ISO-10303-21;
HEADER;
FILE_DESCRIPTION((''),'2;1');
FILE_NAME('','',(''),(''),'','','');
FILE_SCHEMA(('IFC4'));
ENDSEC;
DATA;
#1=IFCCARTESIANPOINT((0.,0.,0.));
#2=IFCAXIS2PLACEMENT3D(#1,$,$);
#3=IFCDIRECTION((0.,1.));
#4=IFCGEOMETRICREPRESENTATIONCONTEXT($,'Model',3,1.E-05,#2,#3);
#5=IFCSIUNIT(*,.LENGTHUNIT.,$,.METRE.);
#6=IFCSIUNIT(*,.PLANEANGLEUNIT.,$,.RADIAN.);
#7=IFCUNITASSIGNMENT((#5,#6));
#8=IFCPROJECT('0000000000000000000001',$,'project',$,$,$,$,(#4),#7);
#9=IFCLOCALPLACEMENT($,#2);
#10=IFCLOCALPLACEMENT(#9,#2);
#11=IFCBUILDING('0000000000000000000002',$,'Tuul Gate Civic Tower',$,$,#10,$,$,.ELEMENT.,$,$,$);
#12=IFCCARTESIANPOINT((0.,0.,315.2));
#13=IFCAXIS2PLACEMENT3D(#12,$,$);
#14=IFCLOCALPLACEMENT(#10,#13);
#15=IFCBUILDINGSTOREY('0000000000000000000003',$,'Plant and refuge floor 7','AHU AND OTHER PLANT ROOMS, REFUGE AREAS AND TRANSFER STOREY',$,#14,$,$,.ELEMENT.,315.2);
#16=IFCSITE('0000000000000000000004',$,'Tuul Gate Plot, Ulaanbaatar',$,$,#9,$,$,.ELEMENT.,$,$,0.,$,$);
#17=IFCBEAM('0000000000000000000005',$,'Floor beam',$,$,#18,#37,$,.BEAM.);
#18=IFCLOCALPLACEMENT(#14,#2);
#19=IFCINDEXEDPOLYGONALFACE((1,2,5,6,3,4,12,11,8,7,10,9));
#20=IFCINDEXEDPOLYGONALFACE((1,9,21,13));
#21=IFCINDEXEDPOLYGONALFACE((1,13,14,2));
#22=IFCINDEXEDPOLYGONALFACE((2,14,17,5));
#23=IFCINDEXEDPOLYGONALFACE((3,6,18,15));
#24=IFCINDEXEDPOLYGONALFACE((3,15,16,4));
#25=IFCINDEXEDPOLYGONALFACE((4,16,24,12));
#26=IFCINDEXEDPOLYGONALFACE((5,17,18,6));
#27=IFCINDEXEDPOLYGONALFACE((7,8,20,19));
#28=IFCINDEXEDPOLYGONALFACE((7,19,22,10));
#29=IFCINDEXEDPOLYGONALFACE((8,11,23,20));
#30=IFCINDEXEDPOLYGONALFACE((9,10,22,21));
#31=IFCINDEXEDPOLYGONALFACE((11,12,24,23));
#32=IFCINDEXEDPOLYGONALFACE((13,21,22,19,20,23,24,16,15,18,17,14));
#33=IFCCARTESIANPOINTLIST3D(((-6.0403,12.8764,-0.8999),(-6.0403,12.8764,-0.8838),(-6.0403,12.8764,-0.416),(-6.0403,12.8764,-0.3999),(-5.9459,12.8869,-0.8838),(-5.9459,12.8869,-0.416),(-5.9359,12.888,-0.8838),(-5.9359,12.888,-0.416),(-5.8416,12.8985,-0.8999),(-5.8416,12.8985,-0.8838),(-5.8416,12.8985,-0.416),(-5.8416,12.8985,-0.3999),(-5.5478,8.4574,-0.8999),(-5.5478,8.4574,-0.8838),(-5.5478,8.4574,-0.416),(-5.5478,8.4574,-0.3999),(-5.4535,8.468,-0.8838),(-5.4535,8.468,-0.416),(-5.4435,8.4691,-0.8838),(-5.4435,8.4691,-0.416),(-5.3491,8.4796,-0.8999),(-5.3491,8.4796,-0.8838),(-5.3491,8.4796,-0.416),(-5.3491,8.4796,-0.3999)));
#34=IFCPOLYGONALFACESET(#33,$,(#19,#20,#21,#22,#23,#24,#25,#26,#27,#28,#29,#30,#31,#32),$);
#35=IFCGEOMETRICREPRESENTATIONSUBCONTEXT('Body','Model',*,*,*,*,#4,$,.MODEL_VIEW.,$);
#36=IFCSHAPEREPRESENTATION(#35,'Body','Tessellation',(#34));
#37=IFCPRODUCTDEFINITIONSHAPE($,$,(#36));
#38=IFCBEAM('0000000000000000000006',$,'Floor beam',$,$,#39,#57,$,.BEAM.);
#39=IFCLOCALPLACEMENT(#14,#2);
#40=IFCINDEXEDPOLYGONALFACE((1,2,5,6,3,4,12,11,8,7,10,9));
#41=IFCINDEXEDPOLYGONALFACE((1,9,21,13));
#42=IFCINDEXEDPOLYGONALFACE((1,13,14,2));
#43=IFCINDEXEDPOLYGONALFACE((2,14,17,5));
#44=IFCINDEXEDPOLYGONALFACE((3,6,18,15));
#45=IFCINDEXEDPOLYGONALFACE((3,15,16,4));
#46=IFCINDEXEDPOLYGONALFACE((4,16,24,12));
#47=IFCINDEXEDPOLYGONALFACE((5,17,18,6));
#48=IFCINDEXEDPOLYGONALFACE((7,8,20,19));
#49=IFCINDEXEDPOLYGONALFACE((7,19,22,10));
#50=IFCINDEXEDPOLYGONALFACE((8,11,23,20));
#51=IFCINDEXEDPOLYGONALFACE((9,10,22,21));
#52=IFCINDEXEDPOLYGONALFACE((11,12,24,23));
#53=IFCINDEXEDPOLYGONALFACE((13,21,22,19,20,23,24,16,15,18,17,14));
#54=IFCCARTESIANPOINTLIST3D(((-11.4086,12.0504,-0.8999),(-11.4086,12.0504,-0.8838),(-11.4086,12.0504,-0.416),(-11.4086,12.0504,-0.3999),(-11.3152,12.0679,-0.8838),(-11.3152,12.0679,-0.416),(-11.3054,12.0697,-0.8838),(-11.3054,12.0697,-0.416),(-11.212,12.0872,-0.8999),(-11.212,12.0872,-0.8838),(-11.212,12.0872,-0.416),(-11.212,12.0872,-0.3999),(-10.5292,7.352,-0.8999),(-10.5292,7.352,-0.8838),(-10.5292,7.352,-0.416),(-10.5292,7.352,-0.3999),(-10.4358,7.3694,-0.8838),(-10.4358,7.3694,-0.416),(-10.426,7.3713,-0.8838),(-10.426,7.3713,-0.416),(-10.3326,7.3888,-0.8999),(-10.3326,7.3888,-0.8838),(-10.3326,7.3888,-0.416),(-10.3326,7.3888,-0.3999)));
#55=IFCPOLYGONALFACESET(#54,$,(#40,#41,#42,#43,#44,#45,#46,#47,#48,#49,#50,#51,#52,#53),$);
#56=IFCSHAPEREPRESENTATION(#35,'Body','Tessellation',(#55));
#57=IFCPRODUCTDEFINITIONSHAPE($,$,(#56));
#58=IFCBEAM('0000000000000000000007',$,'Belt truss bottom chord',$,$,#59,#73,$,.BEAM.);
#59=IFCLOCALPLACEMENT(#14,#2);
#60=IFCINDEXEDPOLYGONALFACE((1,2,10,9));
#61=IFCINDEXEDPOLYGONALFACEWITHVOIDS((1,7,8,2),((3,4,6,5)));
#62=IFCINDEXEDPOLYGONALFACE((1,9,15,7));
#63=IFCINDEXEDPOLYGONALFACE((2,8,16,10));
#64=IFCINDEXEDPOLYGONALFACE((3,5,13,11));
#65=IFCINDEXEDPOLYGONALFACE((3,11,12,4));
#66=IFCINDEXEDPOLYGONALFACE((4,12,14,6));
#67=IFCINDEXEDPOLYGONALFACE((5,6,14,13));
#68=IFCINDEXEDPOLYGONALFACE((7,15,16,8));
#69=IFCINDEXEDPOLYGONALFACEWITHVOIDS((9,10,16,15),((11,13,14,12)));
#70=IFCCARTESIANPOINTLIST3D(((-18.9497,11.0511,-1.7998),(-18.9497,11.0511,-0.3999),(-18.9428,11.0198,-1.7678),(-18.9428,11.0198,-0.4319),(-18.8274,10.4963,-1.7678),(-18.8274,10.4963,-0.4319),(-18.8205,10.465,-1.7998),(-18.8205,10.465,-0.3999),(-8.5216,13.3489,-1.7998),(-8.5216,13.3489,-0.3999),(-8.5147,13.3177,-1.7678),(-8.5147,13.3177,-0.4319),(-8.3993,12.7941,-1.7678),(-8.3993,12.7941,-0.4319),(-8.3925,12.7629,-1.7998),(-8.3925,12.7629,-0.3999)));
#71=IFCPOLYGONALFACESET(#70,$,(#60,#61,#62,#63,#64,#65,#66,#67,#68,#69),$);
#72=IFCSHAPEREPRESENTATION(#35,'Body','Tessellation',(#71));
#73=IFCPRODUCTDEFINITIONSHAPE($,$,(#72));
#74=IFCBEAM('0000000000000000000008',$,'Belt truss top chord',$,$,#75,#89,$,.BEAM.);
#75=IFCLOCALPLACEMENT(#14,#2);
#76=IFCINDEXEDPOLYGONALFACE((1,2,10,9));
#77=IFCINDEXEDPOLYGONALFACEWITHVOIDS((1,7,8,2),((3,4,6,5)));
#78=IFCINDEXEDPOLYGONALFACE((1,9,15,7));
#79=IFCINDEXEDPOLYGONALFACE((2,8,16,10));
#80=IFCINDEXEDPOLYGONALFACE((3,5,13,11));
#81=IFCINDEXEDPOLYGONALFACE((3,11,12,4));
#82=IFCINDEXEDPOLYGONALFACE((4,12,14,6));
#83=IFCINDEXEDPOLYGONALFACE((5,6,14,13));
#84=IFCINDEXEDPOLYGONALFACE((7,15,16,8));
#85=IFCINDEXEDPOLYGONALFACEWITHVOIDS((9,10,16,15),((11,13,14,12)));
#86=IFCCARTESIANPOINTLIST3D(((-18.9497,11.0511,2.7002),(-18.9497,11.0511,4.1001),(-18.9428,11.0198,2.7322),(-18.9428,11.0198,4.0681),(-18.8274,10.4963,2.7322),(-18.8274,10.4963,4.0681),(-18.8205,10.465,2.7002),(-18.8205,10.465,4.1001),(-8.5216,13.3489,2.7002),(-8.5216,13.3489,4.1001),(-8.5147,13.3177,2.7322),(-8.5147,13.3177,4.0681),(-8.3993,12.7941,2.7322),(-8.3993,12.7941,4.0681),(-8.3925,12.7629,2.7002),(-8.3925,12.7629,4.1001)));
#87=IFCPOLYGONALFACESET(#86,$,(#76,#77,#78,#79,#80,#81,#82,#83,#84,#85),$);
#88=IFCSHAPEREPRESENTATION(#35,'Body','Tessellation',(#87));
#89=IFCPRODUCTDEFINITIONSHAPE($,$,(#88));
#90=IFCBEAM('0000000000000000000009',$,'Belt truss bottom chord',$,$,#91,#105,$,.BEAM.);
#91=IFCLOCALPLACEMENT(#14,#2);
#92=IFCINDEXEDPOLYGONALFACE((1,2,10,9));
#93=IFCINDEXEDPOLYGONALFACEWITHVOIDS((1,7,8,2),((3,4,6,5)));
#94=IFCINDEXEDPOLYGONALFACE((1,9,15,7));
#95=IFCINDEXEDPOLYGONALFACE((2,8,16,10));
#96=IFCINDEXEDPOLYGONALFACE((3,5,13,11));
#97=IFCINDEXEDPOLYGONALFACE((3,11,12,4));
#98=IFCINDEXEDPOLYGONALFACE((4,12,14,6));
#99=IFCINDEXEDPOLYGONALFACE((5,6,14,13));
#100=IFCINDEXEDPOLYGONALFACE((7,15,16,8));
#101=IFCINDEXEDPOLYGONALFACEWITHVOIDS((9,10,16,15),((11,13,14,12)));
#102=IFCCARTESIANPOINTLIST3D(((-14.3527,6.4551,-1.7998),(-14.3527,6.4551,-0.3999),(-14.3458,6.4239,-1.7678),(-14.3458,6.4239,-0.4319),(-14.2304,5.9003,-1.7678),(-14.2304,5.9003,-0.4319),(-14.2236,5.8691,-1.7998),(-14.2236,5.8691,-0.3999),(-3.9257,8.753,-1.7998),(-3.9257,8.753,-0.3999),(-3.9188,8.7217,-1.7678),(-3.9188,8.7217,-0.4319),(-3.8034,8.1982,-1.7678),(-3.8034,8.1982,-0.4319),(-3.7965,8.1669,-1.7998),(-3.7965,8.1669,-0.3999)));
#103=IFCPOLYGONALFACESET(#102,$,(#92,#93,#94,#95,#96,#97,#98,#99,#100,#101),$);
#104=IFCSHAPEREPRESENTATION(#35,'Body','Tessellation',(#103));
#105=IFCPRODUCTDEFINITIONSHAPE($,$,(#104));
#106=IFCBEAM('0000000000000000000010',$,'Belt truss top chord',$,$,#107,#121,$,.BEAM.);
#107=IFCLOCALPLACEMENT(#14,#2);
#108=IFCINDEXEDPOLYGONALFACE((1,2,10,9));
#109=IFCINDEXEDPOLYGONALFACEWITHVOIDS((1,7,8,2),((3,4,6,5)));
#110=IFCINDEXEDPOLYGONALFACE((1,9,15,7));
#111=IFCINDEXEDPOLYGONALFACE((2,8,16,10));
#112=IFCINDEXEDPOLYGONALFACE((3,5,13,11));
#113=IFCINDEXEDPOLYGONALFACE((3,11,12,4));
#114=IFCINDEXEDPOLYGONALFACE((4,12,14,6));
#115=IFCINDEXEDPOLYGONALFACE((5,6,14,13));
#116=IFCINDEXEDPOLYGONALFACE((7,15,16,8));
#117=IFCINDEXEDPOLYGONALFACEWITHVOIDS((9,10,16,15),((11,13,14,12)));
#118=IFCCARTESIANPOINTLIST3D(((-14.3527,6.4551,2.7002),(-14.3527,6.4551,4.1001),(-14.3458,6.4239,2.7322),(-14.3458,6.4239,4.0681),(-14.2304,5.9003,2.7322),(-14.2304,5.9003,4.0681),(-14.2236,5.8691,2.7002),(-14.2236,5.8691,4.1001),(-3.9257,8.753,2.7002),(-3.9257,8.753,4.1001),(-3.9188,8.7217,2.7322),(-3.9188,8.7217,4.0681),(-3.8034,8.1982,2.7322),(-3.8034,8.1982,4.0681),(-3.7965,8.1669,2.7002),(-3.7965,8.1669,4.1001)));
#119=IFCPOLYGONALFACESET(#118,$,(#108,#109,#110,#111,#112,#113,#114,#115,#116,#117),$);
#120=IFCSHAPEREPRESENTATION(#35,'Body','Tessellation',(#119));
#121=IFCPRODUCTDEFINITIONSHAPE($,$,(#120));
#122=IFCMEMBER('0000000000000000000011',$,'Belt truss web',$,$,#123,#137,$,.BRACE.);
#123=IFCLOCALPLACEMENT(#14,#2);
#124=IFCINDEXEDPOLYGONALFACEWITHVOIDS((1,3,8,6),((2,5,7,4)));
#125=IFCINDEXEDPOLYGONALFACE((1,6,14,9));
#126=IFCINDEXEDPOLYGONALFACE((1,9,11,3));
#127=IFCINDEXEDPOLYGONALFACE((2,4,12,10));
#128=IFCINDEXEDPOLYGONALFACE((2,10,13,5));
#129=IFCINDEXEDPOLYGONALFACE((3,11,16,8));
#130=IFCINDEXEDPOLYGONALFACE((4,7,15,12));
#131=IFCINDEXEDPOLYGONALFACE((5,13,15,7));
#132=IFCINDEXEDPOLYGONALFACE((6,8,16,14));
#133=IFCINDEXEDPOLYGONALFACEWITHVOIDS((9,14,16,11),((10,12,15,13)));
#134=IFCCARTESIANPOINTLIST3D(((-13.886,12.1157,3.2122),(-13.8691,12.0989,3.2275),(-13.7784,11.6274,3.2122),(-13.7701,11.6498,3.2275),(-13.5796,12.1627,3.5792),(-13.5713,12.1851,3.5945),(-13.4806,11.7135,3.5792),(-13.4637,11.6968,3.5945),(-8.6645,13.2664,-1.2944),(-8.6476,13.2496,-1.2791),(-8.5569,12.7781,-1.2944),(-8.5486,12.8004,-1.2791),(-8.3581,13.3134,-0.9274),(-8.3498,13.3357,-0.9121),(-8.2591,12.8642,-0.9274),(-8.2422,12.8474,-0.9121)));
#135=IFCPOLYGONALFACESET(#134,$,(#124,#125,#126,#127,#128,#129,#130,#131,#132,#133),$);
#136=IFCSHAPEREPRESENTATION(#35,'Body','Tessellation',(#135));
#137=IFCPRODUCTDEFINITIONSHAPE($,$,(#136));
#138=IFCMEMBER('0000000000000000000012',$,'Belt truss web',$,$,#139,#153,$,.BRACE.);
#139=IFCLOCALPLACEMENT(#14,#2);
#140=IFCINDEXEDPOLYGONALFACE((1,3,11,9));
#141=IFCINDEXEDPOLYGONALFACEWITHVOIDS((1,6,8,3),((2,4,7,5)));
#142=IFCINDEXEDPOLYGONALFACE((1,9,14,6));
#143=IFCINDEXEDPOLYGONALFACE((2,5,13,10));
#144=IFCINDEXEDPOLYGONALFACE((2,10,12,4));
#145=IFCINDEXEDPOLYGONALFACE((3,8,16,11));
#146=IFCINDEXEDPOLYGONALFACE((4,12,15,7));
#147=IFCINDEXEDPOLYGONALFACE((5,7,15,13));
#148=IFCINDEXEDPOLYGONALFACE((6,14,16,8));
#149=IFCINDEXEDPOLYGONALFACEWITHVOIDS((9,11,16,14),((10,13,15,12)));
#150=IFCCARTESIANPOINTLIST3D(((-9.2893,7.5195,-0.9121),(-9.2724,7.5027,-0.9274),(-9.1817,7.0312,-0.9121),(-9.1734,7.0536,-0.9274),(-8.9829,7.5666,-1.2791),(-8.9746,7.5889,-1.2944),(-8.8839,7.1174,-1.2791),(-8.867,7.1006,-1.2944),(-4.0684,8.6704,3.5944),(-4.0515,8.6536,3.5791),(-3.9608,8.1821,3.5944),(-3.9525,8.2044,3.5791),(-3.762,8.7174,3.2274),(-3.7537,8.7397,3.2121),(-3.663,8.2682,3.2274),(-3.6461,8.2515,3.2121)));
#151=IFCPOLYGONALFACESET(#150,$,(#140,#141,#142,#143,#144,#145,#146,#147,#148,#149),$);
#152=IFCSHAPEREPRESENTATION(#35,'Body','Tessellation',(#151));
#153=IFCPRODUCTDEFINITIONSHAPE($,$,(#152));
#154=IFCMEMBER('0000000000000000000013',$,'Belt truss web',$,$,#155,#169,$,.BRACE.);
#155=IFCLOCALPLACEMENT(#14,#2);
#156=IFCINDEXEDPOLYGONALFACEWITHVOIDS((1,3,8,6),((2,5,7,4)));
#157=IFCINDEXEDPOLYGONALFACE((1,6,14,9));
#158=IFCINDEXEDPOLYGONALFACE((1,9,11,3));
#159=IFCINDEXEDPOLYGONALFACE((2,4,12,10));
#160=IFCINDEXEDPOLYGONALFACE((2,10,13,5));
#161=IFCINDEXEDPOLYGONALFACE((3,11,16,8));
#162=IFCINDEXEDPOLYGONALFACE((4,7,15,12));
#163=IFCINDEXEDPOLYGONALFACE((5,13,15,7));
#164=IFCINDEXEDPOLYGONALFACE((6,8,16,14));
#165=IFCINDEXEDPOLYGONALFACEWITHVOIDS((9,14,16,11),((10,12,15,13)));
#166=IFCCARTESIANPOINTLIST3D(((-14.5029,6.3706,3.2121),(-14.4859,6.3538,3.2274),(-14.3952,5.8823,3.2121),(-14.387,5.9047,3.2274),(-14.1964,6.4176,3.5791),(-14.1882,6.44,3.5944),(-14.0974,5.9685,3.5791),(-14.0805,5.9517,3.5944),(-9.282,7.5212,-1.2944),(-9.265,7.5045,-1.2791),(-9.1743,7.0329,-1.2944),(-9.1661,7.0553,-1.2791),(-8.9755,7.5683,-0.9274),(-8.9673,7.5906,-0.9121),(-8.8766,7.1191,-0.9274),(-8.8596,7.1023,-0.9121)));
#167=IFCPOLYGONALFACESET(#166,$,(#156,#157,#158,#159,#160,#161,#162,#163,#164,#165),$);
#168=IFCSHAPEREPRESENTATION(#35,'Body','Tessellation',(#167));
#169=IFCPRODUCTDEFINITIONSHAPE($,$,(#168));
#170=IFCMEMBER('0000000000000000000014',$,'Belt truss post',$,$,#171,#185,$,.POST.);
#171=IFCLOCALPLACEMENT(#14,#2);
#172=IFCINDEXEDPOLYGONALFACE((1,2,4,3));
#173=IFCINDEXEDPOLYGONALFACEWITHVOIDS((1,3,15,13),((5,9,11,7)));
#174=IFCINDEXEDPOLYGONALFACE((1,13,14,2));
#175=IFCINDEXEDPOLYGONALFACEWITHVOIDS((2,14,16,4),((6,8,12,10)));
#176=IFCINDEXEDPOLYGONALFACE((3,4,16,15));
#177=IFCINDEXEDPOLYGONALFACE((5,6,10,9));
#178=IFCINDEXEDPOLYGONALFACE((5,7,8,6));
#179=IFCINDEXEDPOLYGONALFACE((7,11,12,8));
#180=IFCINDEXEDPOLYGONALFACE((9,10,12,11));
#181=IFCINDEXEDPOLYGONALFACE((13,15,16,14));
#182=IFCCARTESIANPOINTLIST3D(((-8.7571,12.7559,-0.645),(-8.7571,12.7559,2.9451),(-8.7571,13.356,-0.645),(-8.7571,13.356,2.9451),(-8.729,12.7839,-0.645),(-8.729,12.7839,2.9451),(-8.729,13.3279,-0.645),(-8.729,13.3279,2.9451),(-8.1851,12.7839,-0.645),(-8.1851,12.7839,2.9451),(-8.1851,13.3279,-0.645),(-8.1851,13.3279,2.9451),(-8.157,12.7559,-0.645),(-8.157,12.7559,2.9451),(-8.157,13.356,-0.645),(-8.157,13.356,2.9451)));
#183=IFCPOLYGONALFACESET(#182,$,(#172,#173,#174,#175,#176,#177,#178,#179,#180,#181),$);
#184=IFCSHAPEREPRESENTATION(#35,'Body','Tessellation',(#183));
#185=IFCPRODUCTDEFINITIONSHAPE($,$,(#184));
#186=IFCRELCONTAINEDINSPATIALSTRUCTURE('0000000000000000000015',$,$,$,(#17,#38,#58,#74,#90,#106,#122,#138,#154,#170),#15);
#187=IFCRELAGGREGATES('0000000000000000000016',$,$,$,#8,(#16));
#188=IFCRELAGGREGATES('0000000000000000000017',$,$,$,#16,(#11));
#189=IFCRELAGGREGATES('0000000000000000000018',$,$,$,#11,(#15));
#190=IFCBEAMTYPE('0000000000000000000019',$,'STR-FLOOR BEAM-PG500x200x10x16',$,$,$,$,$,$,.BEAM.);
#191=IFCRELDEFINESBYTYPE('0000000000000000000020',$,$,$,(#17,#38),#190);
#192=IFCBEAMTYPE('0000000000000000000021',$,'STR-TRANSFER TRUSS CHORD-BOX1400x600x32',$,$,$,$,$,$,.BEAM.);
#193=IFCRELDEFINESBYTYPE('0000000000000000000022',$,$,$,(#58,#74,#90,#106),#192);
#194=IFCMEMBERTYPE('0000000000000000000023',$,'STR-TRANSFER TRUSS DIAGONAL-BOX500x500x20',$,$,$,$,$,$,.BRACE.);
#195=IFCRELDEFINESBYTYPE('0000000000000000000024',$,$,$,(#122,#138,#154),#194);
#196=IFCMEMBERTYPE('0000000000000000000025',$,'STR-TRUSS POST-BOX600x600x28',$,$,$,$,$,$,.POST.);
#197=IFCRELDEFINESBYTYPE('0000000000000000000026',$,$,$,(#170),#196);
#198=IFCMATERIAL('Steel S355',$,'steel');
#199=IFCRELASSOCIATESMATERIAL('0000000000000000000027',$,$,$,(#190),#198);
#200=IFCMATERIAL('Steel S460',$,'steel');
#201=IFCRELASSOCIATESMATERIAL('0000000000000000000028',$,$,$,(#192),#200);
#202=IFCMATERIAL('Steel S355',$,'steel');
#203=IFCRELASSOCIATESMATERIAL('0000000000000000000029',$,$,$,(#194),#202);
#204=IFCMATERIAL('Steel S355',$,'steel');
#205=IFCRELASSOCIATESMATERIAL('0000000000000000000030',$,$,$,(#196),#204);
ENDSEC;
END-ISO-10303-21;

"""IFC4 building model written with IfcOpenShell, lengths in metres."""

from ifc_helpers import new_model, si_unit, direction, frame, origin, origin_2d, place, context, subcontext, project, spatial, hollow_rectangle, i_section, extrude, material, material_profile, profile_set, type_object, element, save


model = new_model("IFC4")

# Units and contexts
model_context = context("Model", 3, precision=1e-05, world=origin(), true_north=direction((0.0, 1.0)))
body_context = subcontext(model_context, "Body", "Model", "MODEL_VIEW")
ifc_project = project(units=[si_unit("LENGTHUNIT", "METRE"), si_unit("PLANEANGLEUNIT", "RADIAN")], contexts=[model_context])

# Site, building, storey
site_placement = place(None, origin())
site = spatial("IfcSite", under=ifc_project, at=site_placement, Name="Tuul Gate Plot, Ulaanbaatar", CompositionType="ELEMENT", RefElevation=0.0)
building_placement = place(site_placement, origin())
building = spatial("IfcBuilding", under=site, at=building_placement, Name="Tuul Gate Civic Tower", CompositionType="ELEMENT")
storey_placement = place(building_placement, frame((0.0, 0.0, 315.2)))
storey = spatial("IfcBuildingStorey", under=building, at=storey_placement, Name="Plant and refuge floor 7", Description="AHU AND OTHER PLANT ROOMS, REFUGE AREAS AND TRANSFER STOREY", CompositionType="ELEMENT", Elevation=315.2)

# Beams
ifc_material_1 = material(Name="Steel S355", Category="steel")
ifc_material_profile_1 = material_profile(ifc_material_1, i_section(OverallWidth=0.2, OverallDepth=0.5, WebThickness=0.01, FlangeThickness=0.0161, at=origin_2d()), Name="PG500x200x10x16")
ifc_profile_set_1 = profile_set([ifc_material_profile_1], Name="Steel S355")
beam_type_1 = type_object("IfcBeamType", Name="STR-FLOOR BEAM-PG500x200x10x16", PredefinedType="BEAM", material=ifc_profile_set_1)
beam_1_placement = place(storey_placement, frame((-5.4485, 8.4685, -0.6499), z_axis=(-0.110751, 0.993848, 0.0), x_axis=(-0.993848, -0.110751, 0.0)))
element("IfcBeam", 1, at=beam_1_placement, inside=storey, type_object=beam_type_1, Name="Floor beam", PredefinedType="BEAM", context=body_context, shape_type="SweptSolid", body=[
    extrude(i_section(OverallWidth=0.2, OverallDepth=0.5, WebThickness=0.01, FlangeThickness=0.0161, at=origin_2d()), origin(), (0.0, 0.0, 1.0), 4.4463),
])
beam_2_placement = place(storey_placement, frame((-10.4309, 7.3704, -0.6499), z_axis=(-0.183971, 0.982932, 0.0), x_axis=(-0.982932, -0.183971, 0.0)))
element("IfcBeam", 2, at=beam_2_placement, inside=storey, type_object=beam_type_1, Name="Floor beam", PredefinedType="BEAM", context=body_context, shape_type="SweptSolid", body=[
    extrude(i_section(OverallWidth=0.2, OverallDepth=0.5, WebThickness=0.01, FlangeThickness=0.0161, at=origin_2d()), origin(), (0.0, 0.0, 1.0), 4.78),
])
ifc_material_2 = material(Name="Steel S460", Category="steel")
ifc_material_profile_2 = material_profile(ifc_material_2, hollow_rectangle(XDim=0.6001, YDim=1.3999, WallThickness=0.032, at=origin_2d()), Name="BOX1400x600x32")
ifc_profile_set_2 = profile_set([ifc_material_profile_2], Name="Steel S460")
beam_type_2 = type_object("IfcBeamType", Name="STR-TRANSFER TRUSS CHORD-BOX1400x600x32", PredefinedType="BEAM", material=ifc_profile_set_2)
for number, where, z_axis, x_axis, name in (
    (3, (-8.457, 13.0559, -1.0999), (-0.976572, -0.215192, 0.0), (0.215192, -0.976572, 0.0), "Belt truss bottom chord"),
    (4, (-8.457, 13.0559, 3.4001), (-0.976572, -0.215192, 0.0), (0.215192, -0.976572, 0.0), "Belt truss top chord"),
):
    element("IfcBeam", number, at=place(storey_placement, frame(where, z_axis=z_axis, x_axis=x_axis)), inside=storey, type_object=beam_type_2, Name=name, PredefinedType="BEAM", context=body_context, shape_type="SweptSolid", body=[
        extrude(hollow_rectangle(XDim=0.6001, YDim=1.3999, WallThickness=0.032, at=origin_2d()), origin(), (0.0, 0.0, 1.0), 10.6782),
    ])
for number, where, z_axis, x_axis, name in (
    (5, (-3.8611, 8.46, -1.0999), (-0.976568, -0.215211, 0.0), (0.215211, -0.976568, 0.0), "Belt truss bottom chord"),
    (6, (-3.8611, 8.46, 3.4001), (-0.976568, -0.215211, 0.0), (0.215211, -0.976568, 0.0), "Belt truss top chord"),
):
    element("IfcBeam", number, at=place(storey_placement, frame(where, z_axis=z_axis, x_axis=x_axis)), inside=storey, type_object=beam_type_2, Name=name, PredefinedType="BEAM", context=body_context, shape_type="SweptSolid", body=[
        extrude(hollow_rectangle(XDim=0.6001, YDim=1.3999, WallThickness=0.032, at=origin_2d()), origin(), (0.0, 0.0, 1.0), 10.6772),
    ])

# Members
ifc_material_3 = material(Name="Steel S355", Category="steel")
ifc_material_profile_3 = material_profile(ifc_material_3, hollow_rectangle(XDim=0.5, YDim=0.5, WallThickness=0.02, at=origin_2d()), Name="BOX500x500x20")
ifc_profile_set_3 = profile_set([ifc_material_profile_3], Name="Steel S355")
member_type_1 = type_object("IfcMemberType", Name="STR-TRANSFER TRUSS DIAGONAL-BOX500x500x20", PredefinedType="BRACE", material=ifc_profile_set_3)
member_1_placement = place(storey_placement, frame((-8.4534, 13.0569, -1.1033), z_axis=(-0.746707, -0.16455, 0.644478), x_axis=(0.215204, -0.976569, 0.0)))
element("IfcMember", 7, at=member_1_placement, inside=storey, type_object=member_type_1, Name="Belt truss web", PredefinedType="BRACE", context=body_context, shape_type="SweptSolid", body=[
    extrude(hollow_rectangle(XDim=0.5, YDim=0.5, WallThickness=0.02, at=origin_2d()), origin(), (0.0, 0.0, 1.0), 6.9927),
])
for number, where, z_axis, x_axis, name in (
    (8, (-9.0781, 7.3101, -1.1033), (0.746672, 0.164592, 0.644508), (-0.215267, 0.976555, 0.0), "Belt truss web"),
    (9, (-9.0708, 7.3118, -1.1033), (-0.746676, -0.164558, 0.644512), (0.215223, -0.976565, 0.0), "Belt truss web"),
):
    element("IfcMember", number, at=place(storey_placement, frame(where, z_axis=z_axis, x_axis=x_axis)), inside=storey, type_object=member_type_1, Name=name, PredefinedType="BRACE", context=body_context, shape_type="SweptSolid", body=[
        extrude(hollow_rectangle(XDim=0.5, YDim=0.5, WallThickness=0.02, at=origin_2d()), origin(), (0.0, 0.0, 1.0), 6.9922),
    ])
ifc_material_4 = material(Name="Steel S355", Category="steel")
ifc_material_profile_4 = material_profile(ifc_material_4, hollow_rectangle(XDim=0.6001, YDim=0.6001, WallThickness=0.0281, at=origin_2d()), Name="BOX600x600x28")
ifc_profile_set_4 = profile_set([ifc_material_profile_4], Name="Steel S355")
member_type_2 = type_object("IfcMemberType", Name="STR-TRUSS POST-BOX600x600x28", PredefinedType="POST", material=ifc_profile_set_4)
member_2_placement = place(storey_placement, frame((-8.457, 13.0559, -0.645), z_axis=(0.0, 0.0, 1.0), x_axis=(1.0, 0.0, 0.0)))
element("IfcMember", 10, at=member_2_placement, inside=storey, type_object=member_type_2, Name="Belt truss post", PredefinedType="POST", context=body_context, shape_type="SweptSolid", body=[
    extrude(hollow_rectangle(XDim=0.6001, YDim=0.6001, WallThickness=0.0281, at=origin_2d()), origin(), (0.0, 0.0, 1.0), 3.5901),
])

save(model, "model.ifc")
